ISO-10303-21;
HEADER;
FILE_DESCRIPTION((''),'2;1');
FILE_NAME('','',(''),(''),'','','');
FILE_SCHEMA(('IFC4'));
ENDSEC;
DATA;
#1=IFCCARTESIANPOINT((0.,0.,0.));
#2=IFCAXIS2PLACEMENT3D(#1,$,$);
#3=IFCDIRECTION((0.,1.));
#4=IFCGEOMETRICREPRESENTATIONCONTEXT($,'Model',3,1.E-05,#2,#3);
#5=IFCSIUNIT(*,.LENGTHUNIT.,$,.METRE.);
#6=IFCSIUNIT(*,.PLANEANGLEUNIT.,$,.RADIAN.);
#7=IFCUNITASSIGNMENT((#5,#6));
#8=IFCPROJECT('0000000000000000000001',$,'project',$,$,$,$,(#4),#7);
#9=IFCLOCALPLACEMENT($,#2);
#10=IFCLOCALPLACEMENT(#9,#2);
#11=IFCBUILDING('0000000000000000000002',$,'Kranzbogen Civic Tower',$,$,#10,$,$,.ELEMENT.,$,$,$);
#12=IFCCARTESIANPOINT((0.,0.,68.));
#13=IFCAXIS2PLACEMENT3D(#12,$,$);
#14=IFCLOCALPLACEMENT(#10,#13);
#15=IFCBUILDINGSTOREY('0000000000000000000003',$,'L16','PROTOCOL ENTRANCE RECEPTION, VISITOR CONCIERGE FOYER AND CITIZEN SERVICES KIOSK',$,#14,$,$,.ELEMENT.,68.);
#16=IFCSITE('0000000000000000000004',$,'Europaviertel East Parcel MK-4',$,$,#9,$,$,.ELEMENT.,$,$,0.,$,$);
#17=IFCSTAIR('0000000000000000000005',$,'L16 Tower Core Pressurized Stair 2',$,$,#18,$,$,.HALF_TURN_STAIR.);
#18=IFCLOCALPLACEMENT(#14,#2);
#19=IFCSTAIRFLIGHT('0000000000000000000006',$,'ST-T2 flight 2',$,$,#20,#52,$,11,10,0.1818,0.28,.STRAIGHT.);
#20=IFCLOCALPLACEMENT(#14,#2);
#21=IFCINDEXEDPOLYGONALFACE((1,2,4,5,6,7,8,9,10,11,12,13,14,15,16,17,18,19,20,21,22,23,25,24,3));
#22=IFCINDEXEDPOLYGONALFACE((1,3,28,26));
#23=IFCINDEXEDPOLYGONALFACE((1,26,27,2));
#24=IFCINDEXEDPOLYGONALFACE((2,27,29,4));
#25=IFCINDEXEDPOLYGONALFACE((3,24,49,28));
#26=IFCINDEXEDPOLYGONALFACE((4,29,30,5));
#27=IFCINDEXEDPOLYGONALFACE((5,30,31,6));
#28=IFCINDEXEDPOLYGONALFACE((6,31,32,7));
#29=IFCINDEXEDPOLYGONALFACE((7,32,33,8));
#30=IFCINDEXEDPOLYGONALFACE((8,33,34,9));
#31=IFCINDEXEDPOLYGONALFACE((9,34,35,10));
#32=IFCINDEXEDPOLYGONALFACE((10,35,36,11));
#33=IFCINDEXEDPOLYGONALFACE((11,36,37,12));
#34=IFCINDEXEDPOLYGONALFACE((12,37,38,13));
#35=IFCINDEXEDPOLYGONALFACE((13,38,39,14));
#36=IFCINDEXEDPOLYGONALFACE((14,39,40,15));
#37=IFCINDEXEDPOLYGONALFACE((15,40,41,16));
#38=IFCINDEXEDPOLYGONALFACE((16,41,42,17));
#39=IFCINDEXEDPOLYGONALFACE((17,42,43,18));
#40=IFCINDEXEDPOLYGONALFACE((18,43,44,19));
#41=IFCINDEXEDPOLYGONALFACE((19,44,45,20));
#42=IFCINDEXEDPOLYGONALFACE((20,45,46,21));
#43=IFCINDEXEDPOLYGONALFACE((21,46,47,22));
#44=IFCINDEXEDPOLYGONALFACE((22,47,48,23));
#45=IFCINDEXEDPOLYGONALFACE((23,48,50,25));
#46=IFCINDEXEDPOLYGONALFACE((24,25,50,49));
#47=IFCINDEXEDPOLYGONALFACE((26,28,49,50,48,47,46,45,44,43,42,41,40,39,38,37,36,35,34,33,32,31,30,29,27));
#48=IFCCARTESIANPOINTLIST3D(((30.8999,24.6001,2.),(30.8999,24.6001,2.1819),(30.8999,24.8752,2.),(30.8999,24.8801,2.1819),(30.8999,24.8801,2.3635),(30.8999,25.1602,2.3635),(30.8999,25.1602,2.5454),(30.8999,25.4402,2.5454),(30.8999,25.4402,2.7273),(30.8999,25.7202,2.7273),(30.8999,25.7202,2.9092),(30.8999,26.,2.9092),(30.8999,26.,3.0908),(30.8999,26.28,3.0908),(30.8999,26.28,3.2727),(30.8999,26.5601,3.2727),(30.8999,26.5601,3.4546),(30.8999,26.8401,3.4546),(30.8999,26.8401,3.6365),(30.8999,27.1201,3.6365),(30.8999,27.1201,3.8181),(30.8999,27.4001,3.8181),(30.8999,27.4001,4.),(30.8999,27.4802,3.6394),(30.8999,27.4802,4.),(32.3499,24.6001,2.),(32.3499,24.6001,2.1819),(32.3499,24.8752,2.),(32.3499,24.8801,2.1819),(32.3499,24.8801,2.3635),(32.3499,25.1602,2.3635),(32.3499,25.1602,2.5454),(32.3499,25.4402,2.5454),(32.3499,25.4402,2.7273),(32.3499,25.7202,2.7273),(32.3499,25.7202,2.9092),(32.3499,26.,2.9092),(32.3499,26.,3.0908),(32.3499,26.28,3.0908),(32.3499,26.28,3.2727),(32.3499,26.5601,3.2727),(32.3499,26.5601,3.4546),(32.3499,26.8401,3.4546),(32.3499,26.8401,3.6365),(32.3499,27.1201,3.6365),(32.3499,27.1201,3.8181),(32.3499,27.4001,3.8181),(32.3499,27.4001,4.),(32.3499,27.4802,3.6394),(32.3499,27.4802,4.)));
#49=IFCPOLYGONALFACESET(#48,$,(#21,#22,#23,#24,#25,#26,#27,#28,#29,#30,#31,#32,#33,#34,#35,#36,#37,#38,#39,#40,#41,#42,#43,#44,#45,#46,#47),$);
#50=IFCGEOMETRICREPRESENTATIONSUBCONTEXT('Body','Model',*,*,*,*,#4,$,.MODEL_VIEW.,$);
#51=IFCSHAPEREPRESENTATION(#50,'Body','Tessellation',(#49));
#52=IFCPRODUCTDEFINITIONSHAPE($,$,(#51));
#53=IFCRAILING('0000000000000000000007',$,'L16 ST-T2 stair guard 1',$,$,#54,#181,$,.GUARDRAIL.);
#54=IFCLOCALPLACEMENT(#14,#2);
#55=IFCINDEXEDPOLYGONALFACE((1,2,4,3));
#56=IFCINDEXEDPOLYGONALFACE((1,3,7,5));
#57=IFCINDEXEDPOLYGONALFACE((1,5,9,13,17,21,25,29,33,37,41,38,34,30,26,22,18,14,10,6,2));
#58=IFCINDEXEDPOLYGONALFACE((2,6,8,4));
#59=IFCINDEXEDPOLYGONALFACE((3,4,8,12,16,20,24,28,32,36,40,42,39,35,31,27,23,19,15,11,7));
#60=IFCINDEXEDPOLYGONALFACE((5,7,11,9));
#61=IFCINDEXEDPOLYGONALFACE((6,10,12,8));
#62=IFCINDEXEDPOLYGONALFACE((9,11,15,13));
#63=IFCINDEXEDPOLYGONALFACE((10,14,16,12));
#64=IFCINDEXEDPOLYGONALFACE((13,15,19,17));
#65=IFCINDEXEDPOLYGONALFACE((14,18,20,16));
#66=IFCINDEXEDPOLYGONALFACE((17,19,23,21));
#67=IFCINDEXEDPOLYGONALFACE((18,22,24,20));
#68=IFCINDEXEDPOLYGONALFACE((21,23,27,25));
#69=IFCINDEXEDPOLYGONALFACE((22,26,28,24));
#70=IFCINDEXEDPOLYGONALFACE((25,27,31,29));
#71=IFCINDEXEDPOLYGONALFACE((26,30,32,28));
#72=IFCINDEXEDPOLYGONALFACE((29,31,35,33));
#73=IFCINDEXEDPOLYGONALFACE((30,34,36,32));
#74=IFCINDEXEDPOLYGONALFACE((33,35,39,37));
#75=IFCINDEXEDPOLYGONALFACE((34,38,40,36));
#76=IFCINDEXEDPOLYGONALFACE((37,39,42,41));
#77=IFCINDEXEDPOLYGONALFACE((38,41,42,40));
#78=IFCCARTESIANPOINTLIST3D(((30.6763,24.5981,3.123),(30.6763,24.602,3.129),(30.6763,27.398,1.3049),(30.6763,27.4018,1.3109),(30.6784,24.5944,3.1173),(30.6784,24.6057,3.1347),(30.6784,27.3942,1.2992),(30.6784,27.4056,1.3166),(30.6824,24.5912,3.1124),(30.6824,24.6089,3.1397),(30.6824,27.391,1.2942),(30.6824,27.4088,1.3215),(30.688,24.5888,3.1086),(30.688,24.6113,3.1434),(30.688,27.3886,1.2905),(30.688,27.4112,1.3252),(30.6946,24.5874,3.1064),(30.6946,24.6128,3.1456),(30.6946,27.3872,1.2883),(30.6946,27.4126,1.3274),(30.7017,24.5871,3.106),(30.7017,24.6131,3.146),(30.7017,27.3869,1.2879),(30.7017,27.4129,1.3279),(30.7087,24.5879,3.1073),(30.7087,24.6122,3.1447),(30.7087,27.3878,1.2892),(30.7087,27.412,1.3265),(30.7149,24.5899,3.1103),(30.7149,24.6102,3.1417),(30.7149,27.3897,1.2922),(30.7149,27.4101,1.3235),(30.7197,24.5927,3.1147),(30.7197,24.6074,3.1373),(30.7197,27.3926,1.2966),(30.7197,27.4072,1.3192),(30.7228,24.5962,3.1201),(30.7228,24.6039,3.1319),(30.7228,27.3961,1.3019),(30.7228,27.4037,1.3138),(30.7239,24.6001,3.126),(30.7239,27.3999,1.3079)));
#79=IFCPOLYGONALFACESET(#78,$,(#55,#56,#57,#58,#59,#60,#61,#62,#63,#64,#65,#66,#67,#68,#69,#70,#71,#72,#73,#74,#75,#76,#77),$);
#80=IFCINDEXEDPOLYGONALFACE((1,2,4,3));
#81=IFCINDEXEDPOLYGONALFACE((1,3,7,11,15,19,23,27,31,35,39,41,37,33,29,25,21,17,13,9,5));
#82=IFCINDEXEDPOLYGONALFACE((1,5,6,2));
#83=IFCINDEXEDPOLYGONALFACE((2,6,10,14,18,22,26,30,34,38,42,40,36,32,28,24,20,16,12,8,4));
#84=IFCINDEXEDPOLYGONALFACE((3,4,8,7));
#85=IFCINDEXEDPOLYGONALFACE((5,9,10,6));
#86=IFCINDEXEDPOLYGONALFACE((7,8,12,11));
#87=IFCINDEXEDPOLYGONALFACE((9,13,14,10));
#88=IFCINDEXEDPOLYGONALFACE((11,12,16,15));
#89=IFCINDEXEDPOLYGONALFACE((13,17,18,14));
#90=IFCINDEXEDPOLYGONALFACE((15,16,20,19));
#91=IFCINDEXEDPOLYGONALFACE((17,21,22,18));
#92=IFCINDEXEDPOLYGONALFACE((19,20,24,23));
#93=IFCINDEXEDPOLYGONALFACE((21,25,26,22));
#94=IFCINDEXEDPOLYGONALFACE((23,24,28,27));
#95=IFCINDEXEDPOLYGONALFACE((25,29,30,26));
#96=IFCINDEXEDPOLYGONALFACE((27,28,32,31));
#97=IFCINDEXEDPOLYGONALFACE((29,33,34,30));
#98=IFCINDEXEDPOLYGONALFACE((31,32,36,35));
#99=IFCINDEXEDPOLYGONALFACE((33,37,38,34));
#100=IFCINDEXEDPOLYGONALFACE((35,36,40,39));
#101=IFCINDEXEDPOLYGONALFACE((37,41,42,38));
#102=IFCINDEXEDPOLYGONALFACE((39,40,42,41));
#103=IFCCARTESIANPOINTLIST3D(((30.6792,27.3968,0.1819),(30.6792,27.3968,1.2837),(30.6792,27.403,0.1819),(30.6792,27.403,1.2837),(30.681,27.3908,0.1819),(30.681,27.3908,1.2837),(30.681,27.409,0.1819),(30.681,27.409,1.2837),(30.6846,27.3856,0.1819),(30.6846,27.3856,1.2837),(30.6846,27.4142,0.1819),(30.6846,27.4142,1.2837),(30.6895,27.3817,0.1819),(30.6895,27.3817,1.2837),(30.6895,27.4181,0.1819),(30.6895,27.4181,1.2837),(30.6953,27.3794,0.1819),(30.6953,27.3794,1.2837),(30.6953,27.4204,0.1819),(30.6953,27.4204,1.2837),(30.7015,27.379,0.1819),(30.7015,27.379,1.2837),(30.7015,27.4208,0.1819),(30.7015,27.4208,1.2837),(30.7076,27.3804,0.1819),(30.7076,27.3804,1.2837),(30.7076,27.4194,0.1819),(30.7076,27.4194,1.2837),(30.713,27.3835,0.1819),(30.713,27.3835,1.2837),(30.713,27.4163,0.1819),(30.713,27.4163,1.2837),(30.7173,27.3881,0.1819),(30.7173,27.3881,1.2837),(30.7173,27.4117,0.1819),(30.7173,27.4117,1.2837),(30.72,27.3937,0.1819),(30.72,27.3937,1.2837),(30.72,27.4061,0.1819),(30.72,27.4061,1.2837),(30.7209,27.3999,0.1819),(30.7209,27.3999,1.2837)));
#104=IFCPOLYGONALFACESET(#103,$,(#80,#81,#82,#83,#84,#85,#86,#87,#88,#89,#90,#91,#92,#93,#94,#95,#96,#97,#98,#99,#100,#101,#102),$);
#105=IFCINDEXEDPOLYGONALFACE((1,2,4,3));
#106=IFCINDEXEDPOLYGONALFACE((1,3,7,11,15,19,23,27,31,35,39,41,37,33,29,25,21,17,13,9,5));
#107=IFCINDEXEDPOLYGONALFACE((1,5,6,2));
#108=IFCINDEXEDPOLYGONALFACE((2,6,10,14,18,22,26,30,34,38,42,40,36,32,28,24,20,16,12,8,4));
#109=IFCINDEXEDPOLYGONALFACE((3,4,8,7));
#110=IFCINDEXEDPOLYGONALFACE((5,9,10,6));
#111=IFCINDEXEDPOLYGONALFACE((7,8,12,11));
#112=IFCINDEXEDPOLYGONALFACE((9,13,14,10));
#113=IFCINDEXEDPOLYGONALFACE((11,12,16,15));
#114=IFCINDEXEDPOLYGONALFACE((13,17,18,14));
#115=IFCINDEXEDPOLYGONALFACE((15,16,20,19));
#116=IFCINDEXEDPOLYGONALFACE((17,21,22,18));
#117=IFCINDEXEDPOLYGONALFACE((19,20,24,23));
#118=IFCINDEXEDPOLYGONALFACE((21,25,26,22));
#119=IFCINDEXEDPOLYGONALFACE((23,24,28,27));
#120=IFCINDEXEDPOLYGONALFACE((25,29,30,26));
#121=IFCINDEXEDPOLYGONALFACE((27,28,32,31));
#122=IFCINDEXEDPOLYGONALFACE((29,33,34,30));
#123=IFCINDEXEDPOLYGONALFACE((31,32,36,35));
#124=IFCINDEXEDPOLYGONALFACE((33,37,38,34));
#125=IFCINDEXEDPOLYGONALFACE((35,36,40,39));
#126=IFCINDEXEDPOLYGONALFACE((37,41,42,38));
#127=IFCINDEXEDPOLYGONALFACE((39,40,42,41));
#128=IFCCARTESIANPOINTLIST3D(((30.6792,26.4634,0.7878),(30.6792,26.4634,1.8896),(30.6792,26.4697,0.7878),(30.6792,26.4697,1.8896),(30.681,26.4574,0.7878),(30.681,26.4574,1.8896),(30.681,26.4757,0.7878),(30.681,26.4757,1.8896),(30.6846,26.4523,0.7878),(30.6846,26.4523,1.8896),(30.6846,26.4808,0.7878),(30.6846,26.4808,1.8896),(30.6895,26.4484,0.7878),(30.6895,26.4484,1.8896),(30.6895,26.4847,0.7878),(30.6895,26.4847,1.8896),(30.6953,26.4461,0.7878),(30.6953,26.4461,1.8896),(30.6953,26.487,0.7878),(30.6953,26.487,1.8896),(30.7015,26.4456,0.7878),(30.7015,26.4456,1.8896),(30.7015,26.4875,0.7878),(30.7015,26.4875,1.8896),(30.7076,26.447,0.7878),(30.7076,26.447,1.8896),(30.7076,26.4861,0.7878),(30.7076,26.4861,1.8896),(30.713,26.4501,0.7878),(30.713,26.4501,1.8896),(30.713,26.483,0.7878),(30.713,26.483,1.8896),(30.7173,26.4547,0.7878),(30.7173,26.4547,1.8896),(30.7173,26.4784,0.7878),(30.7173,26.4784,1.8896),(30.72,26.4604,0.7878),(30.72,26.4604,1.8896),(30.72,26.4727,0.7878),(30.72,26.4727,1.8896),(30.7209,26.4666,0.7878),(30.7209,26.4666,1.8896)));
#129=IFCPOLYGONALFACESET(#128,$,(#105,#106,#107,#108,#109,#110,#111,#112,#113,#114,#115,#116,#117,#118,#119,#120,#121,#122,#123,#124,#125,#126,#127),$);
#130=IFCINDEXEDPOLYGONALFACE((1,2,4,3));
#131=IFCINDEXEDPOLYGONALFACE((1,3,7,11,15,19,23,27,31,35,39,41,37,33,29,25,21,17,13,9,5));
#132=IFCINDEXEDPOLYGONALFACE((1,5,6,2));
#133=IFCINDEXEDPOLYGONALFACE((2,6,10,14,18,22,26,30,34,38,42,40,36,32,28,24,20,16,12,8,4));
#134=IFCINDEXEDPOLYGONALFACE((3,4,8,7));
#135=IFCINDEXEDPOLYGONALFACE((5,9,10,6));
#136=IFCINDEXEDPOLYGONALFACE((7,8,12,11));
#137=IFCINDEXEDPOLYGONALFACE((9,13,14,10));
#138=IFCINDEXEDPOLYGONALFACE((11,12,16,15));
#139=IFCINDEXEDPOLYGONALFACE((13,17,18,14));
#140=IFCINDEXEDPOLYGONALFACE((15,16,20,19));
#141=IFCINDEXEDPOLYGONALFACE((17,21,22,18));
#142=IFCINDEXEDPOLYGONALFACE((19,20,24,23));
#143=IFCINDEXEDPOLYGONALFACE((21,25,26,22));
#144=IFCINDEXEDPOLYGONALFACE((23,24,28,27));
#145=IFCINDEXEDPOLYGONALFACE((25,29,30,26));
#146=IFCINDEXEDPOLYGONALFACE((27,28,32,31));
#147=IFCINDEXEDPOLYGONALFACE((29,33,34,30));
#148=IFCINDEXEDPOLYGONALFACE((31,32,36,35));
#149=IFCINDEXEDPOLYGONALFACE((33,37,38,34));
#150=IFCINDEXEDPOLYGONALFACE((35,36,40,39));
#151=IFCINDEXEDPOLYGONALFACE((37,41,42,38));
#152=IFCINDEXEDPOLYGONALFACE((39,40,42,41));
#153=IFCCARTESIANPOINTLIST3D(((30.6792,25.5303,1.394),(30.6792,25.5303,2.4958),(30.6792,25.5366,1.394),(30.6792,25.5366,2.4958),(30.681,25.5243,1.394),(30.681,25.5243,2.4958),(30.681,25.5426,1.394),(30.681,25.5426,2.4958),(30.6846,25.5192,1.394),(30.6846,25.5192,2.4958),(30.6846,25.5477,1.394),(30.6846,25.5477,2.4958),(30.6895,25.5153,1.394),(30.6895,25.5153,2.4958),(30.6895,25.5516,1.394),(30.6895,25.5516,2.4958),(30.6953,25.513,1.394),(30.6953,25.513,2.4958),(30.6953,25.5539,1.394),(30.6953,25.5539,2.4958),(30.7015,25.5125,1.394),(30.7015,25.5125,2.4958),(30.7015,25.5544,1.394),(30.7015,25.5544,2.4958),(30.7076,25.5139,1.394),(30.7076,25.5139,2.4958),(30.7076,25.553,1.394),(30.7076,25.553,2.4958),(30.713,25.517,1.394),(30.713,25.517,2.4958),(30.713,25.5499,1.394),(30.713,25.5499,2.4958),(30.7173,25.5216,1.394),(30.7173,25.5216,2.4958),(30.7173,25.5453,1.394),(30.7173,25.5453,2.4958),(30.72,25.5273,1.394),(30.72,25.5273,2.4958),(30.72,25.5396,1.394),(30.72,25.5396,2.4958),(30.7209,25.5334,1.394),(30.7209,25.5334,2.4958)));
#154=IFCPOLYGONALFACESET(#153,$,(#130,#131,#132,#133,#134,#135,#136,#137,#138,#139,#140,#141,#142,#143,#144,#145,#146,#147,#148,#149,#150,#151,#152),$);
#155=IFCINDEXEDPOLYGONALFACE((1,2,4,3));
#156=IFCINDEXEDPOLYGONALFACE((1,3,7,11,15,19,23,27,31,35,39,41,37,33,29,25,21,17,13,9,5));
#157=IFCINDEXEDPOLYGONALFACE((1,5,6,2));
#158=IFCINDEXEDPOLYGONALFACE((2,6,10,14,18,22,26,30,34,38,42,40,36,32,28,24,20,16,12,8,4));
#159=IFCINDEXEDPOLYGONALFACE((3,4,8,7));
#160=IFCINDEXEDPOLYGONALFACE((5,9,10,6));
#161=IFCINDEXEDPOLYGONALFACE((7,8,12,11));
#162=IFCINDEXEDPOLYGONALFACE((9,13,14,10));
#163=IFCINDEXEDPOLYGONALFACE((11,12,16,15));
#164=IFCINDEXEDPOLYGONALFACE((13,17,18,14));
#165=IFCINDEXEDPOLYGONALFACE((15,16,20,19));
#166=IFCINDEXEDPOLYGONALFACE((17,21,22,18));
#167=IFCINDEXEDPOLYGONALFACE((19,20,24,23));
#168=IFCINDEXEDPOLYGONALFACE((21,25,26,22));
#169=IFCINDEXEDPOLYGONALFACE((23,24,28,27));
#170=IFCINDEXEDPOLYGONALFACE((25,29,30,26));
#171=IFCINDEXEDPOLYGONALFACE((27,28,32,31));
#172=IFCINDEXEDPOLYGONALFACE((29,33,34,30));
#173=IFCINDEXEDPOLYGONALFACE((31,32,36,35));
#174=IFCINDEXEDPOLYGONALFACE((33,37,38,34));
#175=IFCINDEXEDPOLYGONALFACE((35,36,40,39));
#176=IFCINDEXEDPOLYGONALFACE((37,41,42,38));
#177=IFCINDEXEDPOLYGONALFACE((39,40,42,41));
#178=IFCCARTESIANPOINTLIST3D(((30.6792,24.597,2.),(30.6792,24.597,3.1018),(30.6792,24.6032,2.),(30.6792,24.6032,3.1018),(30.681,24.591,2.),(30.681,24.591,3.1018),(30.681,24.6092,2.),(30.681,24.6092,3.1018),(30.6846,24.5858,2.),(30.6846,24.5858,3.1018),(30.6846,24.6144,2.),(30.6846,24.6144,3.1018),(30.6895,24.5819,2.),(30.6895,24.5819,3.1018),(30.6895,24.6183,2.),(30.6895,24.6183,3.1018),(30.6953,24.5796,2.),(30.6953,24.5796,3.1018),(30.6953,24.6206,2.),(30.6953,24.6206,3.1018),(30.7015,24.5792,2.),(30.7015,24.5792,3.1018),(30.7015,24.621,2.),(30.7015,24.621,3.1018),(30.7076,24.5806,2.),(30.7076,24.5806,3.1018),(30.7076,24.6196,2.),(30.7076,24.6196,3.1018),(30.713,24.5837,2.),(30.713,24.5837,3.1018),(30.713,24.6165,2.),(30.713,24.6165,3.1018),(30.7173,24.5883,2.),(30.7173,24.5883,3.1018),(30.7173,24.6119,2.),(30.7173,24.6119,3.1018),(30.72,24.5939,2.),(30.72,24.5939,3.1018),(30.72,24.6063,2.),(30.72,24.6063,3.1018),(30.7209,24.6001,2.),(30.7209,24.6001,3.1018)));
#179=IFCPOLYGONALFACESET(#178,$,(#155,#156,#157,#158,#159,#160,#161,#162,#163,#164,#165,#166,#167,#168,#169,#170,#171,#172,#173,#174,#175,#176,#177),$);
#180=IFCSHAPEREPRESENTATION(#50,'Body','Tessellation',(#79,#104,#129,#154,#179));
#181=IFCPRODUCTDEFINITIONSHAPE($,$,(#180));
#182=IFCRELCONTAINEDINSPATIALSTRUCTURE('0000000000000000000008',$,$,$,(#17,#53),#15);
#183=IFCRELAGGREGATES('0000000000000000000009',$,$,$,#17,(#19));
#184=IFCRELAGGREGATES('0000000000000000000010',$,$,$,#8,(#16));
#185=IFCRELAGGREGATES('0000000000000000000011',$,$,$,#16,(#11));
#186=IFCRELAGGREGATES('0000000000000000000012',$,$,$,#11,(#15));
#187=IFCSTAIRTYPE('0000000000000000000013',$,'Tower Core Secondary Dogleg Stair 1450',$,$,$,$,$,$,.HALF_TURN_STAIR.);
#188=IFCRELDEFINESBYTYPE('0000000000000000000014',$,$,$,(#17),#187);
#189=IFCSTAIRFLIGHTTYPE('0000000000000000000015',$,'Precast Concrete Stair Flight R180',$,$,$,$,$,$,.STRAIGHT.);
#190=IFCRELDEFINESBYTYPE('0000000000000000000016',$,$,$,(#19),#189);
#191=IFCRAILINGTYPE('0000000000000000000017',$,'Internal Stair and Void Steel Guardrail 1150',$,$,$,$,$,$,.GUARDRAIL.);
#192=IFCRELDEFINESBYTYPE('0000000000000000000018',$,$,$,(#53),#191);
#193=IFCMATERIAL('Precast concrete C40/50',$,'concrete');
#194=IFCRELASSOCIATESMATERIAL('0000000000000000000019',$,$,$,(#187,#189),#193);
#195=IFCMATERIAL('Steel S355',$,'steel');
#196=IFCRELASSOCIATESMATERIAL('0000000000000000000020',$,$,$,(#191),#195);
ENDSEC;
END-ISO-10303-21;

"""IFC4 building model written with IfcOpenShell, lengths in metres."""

from ifc_helpers import new_model, si_unit, direction, frame, origin, origin_2d, place, context, subcontext, project, spatial, polyline, circle, outline, extrude, material, type_object, element, aggregate, save


model = new_model("IFC4")

# Units and contexts
model_context = context("Model", 3, precision=1e-05, world=origin(), true_north=direction((0.0, 1.0)))
body_context = subcontext(model_context, "Body", "Model", "MODEL_VIEW")
ifc_project = project(units=[si_unit("LENGTHUNIT", "METRE"), si_unit("PLANEANGLEUNIT", "RADIAN")], contexts=[model_context])

# Site, building, storey
site_placement = place(None, origin())
site = spatial("IfcSite", under=ifc_project, at=site_placement, Name="Europaviertel East Parcel MK-4", CompositionType="ELEMENT", RefElevation=0.0)
building_placement = place(site_placement, origin())
building = spatial("IfcBuilding", under=site, at=building_placement, Name="Kranzbogen Civic Tower", CompositionType="ELEMENT")
storey_placement = place(building_placement, frame((0.0, 0.0, 68.0)))
storey = spatial("IfcBuildingStorey", under=building, at=storey_placement, Name="L16", Description="PROTOCOL ENTRANCE RECEPTION, VISITOR CONCIERGE FOYER AND CITIZEN SERVICES KIOSK", CompositionType="ELEMENT", Elevation=68.0)

# Shared definitions
ifc_material_1 = material(Name="Steel S355", Category="steel")

# Stair, stair flight
ifc_material_2 = material(Name="Precast concrete C40/50", Category="concrete")
stair_type = type_object("IfcStairType", Name="Tower Core Secondary Dogleg Stair 1450", PredefinedType="HALF_TURN_STAIR", material=ifc_material_2)
stair_placement = place(storey_placement, origin())
stair = element("IfcStair", 1, at=stair_placement, inside=storey, type_object=stair_type, Name="L16 Tower Core Pressurized Stair 2", PredefinedType="HALF_TURN_STAIR")
stair_flight_type = type_object("IfcStairFlightType", Name="Precast Concrete Stair Flight R180", PredefinedType="STRAIGHT", material=ifc_material_2)
stair_flight_1_placement = place(storey_placement, frame((31.625, 24.6001, 2.0), z_axis=(0.0, 0.0, 1.0), x_axis=(0.0, 1.0, 0.0)))
stair_flight_1 = element("IfcStairFlight", 2, at=stair_flight_1_placement, type_object=stair_flight_type, Name="ST-T2 flight 2", NumberOfRisers=11, NumberOfTreads=10, PredefinedType="STRAIGHT", RiserHeight=0.1818, TreadLength=0.28, context=body_context, shape_type="SweptSolid", body=[
    extrude(outline(polyline([(0.0, 0.0), (0.0, 0.1819), (0.28, 0.1819), (0.28, 0.3635), (0.5601, 0.3635), (0.5601, 0.5454), (0.8401, 0.5454), (0.8401, 0.7273), (1.1201, 0.7273), (1.1201, 0.9092), (1.3999, 0.9092), (1.3999, 1.0908), (1.6799, 1.0908), (1.6799, 1.2727), (1.96, 1.2727), (1.96, 1.4546), (2.24, 1.4546), (2.24, 1.6365), (2.52, 1.6365), (2.52, 1.8181), (2.8, 1.8181), (2.8, 2.0), (2.8801, 2.0), (2.8801, 1.6394), (0.2751, 0.0), (0.0, 0.0)])), frame((0.0, 0.7251, 0.0), z_axis=(0.0, -1.0, 0.0), x_axis=(1.0, 0.0, 0.0)), (0.0, 0.0, 1.0), 1.45),
])
aggregate(stair, [stair_flight_1])

# Railing
railing_type_1 = type_object("IfcRailingType", Name="Internal Stair and Void Steel Guardrail 1150", PredefinedType="GUARDRAIL", material=ifc_material_1)
railing_1_placement = place(storey_placement, frame((30.7, 27.3999, 0.1819)))
element("IfcRailing", 3, at=railing_1_placement, inside=storey, type_object=railing_type_1, Name="L16 ST-T2 stair guard 1", PredefinedType="GUARDRAIL", context=body_context, shape_type="SweptSolid", body=[
    extrude(circle(Radius=0.0239, at=origin_2d()), frame((0.0, 0.0, 1.126), z_axis=(0.0, -0.838684, 0.544618), x_axis=(1.0, 0.0, 0.0)), (0.0, 0.0, 1.0), 3.3384),
    extrude(circle(Radius=0.021, at=origin_2d()), origin(), (0.0, 0.0, 1.0), 1.1018),
    extrude(circle(Radius=0.021, at=origin_2d()), frame((0.0, -0.9333, 0.606)), (0.0, 0.0, 1.0), 1.1018),
    extrude(circle(Radius=0.021, at=origin_2d()), frame((0.0, -1.8665, 1.2122)), (0.0, 0.0, 1.0), 1.1018),
    extrude(circle(Radius=0.021, at=origin_2d()), frame((0.0, -2.7998, 1.8181)), (0.0, 0.0, 1.0), 1.1018),
])

save(model, "model.ifc")
